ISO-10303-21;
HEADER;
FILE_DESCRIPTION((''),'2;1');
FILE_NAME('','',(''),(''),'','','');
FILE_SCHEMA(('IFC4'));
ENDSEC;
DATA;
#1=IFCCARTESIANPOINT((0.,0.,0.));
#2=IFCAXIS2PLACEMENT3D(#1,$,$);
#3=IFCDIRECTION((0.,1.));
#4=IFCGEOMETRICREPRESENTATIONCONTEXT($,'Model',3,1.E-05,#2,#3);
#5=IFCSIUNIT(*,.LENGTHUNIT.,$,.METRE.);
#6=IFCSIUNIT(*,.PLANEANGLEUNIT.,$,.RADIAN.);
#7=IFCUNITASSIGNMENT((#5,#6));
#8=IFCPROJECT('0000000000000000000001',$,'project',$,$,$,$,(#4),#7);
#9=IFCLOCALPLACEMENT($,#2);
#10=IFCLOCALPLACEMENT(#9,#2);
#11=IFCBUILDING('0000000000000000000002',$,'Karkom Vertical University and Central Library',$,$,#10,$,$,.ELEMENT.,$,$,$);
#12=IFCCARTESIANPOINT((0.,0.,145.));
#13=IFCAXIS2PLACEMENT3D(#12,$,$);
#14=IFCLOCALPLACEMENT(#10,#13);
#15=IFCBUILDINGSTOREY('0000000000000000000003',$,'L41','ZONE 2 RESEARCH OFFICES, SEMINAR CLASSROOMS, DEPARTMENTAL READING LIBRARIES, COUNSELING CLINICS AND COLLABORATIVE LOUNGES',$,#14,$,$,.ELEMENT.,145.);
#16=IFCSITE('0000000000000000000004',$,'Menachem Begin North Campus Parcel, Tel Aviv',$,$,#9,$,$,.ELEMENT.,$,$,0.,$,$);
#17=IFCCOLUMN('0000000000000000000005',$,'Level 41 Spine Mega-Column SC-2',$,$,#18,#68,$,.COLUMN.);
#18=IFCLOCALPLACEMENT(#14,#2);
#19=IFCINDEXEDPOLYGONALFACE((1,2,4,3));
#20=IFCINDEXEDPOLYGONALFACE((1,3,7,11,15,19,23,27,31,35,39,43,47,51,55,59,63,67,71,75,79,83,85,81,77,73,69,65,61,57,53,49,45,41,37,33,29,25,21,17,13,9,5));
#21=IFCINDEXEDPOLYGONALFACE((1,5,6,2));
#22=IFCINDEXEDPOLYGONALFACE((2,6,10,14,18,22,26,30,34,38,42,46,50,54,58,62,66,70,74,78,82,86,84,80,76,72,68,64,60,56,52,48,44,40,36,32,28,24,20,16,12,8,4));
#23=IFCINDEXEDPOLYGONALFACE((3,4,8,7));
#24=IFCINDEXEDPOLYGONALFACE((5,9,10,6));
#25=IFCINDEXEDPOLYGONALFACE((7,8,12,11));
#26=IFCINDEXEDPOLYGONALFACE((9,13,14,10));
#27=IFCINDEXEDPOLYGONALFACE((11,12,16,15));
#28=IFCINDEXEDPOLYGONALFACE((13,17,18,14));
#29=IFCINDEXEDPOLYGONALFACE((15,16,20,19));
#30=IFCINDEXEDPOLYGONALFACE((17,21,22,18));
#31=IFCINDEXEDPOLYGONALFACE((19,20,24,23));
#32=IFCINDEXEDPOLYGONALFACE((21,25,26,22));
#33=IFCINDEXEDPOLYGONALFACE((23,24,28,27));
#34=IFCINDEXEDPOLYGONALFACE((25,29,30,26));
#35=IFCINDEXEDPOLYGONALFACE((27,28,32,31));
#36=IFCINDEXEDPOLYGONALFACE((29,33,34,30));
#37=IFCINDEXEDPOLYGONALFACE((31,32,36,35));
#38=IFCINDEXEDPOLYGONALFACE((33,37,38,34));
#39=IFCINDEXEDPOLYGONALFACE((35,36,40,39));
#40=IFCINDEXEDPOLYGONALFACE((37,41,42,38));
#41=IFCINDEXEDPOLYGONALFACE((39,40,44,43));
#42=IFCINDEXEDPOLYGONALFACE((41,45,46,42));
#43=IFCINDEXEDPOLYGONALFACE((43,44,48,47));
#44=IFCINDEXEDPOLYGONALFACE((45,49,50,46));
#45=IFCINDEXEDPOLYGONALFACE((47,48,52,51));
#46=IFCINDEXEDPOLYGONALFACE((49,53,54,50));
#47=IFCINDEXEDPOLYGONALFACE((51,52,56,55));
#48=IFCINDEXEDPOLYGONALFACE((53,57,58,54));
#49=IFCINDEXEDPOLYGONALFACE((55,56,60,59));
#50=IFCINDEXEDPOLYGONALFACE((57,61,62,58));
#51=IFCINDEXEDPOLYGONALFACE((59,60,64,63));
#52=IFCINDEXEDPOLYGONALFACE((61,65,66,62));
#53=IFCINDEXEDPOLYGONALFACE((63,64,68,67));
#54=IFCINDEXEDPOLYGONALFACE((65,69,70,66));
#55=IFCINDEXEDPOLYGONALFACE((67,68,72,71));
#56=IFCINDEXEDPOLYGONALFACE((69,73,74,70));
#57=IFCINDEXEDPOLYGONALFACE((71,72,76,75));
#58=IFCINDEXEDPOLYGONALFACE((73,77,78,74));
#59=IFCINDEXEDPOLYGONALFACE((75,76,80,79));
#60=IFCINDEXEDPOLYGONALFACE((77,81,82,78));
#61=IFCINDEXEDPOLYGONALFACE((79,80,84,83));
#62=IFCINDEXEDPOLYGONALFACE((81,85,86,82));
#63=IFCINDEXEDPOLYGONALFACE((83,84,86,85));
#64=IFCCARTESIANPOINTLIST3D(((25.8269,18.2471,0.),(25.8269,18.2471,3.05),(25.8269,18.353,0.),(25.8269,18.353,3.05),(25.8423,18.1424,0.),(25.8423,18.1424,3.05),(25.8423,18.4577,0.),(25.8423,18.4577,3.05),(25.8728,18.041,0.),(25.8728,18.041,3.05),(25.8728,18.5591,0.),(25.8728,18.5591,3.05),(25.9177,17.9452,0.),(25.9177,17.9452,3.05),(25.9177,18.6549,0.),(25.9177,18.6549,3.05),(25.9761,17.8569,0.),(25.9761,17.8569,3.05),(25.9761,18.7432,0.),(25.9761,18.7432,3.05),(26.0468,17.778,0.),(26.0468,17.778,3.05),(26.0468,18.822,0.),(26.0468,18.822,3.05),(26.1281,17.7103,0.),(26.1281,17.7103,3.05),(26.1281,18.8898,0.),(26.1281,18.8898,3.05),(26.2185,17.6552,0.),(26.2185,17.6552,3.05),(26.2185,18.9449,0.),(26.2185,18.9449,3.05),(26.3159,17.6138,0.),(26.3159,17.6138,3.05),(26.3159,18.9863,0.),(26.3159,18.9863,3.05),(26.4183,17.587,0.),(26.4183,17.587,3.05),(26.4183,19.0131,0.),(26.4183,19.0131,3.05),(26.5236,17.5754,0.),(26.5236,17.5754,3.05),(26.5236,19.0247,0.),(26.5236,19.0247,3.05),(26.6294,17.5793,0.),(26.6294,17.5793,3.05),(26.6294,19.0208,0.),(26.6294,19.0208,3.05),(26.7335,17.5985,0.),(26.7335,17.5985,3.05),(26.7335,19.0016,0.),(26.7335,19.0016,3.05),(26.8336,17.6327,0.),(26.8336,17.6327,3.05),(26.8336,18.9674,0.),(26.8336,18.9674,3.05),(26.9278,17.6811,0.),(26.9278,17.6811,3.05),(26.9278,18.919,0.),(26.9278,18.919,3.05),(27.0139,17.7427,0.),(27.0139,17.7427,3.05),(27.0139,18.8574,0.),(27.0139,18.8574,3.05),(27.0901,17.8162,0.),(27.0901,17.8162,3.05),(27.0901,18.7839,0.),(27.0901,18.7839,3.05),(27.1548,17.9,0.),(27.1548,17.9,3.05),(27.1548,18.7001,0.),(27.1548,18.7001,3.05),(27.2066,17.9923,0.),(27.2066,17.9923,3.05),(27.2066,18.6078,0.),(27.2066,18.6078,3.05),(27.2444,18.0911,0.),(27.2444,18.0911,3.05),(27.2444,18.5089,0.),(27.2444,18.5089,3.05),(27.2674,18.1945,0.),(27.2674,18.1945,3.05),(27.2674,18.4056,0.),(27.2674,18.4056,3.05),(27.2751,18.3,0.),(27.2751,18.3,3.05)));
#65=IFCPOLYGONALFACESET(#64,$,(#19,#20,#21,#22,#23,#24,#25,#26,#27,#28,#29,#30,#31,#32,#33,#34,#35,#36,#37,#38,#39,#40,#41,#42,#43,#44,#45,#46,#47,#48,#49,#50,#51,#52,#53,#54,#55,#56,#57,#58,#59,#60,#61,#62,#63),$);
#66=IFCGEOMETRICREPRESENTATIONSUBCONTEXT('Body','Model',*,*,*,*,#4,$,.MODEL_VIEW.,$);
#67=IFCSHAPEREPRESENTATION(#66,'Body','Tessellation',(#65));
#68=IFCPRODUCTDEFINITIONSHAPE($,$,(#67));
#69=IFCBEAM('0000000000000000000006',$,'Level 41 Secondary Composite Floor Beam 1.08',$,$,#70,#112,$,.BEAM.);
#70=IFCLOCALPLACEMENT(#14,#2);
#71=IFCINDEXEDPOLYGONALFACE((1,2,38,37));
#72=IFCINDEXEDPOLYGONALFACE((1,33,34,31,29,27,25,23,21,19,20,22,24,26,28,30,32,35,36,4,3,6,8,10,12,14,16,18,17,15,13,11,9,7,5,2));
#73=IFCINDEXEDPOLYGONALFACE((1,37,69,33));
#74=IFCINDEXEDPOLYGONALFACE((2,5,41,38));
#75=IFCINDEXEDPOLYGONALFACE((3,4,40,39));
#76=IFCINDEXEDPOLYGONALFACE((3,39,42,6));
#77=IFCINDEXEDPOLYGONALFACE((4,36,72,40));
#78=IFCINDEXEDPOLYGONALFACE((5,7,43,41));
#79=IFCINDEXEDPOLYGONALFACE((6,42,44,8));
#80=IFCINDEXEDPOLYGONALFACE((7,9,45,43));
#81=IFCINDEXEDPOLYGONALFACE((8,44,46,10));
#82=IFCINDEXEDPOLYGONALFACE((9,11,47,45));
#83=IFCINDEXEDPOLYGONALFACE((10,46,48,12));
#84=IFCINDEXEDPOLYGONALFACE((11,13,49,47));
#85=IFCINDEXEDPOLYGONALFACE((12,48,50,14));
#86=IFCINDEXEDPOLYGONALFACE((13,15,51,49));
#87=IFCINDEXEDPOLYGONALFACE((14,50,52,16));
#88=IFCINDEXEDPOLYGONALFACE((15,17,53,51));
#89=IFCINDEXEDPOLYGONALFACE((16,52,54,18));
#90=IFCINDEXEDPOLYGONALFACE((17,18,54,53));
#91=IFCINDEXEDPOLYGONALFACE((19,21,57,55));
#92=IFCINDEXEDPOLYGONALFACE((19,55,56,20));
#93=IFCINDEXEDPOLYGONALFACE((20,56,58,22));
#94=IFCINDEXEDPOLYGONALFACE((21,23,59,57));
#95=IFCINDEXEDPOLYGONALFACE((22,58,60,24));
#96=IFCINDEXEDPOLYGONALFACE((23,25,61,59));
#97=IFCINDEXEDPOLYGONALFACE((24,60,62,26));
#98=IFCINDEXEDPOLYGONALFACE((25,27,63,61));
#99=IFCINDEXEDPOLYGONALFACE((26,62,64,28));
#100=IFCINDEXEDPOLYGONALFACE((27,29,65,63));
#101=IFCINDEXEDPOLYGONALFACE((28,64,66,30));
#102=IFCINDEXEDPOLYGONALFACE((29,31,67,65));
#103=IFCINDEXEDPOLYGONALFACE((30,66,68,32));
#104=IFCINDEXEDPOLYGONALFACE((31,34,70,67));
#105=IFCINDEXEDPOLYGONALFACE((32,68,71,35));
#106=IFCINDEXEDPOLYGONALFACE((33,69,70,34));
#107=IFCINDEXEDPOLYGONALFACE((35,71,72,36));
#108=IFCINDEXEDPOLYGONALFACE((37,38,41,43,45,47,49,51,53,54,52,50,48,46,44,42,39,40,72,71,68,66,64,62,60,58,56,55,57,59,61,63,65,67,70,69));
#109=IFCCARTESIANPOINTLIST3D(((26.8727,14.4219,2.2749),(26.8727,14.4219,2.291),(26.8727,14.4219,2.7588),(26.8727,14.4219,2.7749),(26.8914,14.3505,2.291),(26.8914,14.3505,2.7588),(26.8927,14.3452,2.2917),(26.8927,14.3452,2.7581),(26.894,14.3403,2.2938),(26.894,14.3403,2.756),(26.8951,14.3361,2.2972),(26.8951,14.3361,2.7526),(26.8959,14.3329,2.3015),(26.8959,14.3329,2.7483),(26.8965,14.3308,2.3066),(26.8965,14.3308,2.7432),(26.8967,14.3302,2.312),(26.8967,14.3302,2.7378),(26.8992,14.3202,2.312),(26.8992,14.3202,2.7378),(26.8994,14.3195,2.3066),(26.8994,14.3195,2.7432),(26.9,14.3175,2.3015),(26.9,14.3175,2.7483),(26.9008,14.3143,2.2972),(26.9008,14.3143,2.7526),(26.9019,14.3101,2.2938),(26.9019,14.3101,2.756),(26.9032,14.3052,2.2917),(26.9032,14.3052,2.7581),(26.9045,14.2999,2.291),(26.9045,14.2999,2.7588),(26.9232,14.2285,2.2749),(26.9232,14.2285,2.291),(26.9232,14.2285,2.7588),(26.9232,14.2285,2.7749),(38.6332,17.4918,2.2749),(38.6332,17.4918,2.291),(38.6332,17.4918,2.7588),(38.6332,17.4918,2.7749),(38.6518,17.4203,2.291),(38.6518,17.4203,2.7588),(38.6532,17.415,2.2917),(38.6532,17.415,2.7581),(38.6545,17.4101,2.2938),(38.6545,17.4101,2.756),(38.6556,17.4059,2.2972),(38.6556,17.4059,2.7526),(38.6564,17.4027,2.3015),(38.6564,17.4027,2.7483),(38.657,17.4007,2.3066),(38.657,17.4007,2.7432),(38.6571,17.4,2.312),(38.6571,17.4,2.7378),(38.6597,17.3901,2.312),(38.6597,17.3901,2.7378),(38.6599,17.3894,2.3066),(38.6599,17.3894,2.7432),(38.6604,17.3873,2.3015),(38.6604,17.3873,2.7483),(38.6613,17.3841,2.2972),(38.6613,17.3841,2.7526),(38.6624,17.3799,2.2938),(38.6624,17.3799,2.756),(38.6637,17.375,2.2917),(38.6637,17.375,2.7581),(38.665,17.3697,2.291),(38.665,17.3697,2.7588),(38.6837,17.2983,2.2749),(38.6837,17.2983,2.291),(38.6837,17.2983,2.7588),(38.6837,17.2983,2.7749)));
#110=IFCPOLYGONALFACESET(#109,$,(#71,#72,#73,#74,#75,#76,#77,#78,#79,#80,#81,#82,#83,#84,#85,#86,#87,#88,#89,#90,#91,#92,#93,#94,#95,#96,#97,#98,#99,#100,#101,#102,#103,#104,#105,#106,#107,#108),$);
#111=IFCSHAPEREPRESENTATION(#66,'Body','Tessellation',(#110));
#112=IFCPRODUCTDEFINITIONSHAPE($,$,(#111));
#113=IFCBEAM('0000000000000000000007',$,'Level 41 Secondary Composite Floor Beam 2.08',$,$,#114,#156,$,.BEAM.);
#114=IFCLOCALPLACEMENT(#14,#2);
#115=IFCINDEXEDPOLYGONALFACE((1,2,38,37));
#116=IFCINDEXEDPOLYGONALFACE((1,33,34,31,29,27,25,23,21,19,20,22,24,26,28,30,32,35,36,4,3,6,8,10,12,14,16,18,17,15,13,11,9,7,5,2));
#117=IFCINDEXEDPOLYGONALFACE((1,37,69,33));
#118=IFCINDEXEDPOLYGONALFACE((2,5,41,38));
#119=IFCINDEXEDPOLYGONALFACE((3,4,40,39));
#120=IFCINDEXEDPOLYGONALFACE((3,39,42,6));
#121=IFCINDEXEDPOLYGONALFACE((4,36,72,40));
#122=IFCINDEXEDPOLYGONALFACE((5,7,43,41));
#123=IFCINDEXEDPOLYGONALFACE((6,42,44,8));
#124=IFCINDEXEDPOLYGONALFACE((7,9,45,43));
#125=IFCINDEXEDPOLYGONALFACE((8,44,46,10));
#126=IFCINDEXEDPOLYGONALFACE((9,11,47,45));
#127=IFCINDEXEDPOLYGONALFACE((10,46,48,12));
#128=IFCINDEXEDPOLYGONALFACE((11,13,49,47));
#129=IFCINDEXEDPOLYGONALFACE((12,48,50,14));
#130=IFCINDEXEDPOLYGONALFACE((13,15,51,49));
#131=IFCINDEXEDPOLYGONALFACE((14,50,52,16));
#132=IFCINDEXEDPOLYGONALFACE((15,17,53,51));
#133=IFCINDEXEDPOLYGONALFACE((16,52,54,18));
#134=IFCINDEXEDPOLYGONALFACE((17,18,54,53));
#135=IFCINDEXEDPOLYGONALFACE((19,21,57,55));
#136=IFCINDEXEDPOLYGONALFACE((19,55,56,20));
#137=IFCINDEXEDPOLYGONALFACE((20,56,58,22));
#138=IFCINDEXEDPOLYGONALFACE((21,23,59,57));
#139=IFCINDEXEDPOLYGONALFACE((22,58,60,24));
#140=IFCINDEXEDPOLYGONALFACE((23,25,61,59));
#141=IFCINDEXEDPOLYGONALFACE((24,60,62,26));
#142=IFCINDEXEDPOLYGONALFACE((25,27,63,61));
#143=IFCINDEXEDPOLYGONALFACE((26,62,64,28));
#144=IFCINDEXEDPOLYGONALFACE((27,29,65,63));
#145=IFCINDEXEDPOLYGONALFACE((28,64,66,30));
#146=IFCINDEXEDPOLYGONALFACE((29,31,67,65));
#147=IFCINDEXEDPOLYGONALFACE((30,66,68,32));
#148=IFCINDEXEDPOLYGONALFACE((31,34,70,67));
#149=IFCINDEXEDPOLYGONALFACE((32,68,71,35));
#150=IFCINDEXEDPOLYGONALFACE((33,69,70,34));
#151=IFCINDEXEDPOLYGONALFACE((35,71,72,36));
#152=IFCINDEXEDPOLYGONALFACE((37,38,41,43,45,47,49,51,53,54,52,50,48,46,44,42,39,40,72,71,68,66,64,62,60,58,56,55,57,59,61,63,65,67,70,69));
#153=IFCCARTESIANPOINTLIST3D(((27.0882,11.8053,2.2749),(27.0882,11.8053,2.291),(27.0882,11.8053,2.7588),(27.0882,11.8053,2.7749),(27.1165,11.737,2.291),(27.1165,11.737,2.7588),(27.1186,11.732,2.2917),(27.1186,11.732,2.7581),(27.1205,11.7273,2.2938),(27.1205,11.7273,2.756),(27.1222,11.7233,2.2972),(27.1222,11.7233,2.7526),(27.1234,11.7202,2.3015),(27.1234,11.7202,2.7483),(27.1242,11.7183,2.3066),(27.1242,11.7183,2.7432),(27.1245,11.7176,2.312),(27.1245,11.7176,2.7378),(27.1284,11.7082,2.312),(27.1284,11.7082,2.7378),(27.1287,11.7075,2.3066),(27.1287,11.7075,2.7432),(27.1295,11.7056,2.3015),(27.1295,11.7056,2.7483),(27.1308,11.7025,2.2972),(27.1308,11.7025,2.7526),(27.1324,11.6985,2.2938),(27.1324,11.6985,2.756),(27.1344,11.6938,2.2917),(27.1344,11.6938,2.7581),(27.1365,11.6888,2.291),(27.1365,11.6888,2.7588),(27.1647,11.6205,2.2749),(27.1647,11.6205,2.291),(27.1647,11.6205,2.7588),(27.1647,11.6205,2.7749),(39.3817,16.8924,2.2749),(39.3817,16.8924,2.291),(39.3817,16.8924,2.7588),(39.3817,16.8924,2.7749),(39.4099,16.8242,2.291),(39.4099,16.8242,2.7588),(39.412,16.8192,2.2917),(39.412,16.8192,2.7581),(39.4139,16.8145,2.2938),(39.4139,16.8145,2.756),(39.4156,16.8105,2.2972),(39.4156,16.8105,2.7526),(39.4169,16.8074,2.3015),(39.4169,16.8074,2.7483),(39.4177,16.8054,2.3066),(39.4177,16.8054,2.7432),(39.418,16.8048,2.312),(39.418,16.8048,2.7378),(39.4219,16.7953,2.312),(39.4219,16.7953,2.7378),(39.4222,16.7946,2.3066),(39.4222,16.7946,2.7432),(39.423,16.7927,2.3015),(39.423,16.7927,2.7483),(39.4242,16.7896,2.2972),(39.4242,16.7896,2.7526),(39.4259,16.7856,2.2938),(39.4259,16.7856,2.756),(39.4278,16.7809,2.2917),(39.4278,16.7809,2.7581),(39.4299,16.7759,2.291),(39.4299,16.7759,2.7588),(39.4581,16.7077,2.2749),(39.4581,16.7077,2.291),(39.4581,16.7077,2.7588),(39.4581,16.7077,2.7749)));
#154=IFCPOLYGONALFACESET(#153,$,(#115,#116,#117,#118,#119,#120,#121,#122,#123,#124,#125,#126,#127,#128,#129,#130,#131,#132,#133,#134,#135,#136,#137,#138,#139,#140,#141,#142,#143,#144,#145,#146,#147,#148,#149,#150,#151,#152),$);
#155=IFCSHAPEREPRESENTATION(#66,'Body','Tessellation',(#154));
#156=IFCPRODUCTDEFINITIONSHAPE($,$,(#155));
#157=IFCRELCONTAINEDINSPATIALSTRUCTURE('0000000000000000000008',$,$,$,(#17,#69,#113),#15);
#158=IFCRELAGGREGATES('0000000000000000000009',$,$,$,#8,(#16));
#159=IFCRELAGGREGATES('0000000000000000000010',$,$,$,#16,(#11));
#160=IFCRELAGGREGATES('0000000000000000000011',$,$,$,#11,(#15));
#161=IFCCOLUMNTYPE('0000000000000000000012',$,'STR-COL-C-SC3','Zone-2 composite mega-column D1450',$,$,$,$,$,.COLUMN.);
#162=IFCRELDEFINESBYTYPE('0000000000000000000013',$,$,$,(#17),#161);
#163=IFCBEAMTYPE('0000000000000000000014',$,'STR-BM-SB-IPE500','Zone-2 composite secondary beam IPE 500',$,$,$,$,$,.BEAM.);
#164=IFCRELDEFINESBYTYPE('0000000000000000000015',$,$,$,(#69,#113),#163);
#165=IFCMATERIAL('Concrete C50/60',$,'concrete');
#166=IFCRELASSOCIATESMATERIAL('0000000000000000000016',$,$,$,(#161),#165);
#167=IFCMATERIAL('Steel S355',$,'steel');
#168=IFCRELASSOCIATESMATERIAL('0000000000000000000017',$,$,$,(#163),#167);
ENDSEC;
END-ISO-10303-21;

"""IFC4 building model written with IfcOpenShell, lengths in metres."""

from ifc_helpers import new_model, si_unit, direction, frame, origin, origin_with_axes, origin_2d, place, context, subcontext, project, spatial, circle, i_section, extrude, source, transform, mapped, material, material_profile, profile_set, type_object, element, save


model = new_model("IFC4")

# Units and contexts
model_context = context("Model", 3, precision=1e-05, world=origin(), true_north=direction((0.0, 1.0)))
body_context = subcontext(model_context, "Body", "Model", "MODEL_VIEW")
ifc_project = project(units=[si_unit("LENGTHUNIT", "METRE"), si_unit("PLANEANGLEUNIT", "RADIAN")], contexts=[model_context])

# Site, building, storey
site_placement = place(None, origin())
site = spatial("IfcSite", under=ifc_project, at=site_placement, Name="Menachem Begin North Campus Parcel, Tel Aviv", CompositionType="ELEMENT", RefElevation=0.0)
building_placement = place(site_placement, origin())
building = spatial("IfcBuilding", under=site, at=building_placement, Name="Karkom Vertical University and Central Library", CompositionType="ELEMENT")
storey_placement = place(building_placement, frame((0.0, 0.0, 145.0)))
storey = spatial("IfcBuildingStorey", under=building, at=storey_placement, Name="L41", Description="ZONE 2 RESEARCH OFFICES, SEMINAR CLASSROOMS, DEPARTMENTAL READING LIBRARIES, COUNSELING CLINICS AND COLLABORATIVE LOUNGES", CompositionType="ELEMENT", Elevation=145.0)

# Column
ifc_material_1 = material(Name="Concrete C50/60", Category="concrete")
ifc_material_profile_1 = material_profile(ifc_material_1, circle(Radius=0.7251, at=origin_2d()), Name="CFT-D1450")
ifc_profile_set_1 = profile_set([ifc_material_profile_1], Name="Concrete C50/60")
column_type = type_object("IfcColumnType", Name="STR-COL-C-SC3", Description="Zone-2 composite mega-column D1450", PredefinedType="COLUMN", material=ifc_profile_set_1)
shared_shape_1 = source(origin_with_axes(), body_context, "Body", "SweptSolid", [
    extrude(circle(Radius=0.7251, at=origin_2d()), origin(), (0.0, 0.0, 1.0), 3.05),
])
column_placement = place(storey_placement, frame((26.55, 18.3, 0.0), z_axis=(0.0, 0.0, 1.0), x_axis=(1.0, 0.0, 0.0)))
element("IfcColumn", 1, at=column_placement, inside=storey, type_object=column_type, Name="Level 41 Spine Mega-Column SC-2", PredefinedType="COLUMN", context=body_context, shape_type="MappedRepresentation", body=[
    mapped(shared_shape_1, transform((0.0, 0.0, 0.0), scale=1.0)),
])

# Beams
ifc_material_2 = material(Name="Steel S355", Category="steel")
ifc_material_profile_2 = material_profile(ifc_material_2, i_section(OverallWidth=0.2, OverallDepth=0.5, WebThickness=0.0103, FlangeThickness=0.0161, FilletRadius=0.021, at=origin_2d()), Name="IPE 500")
ifc_profile_set_2 = profile_set([ifc_material_profile_2], Name="Steel S355")
beam_type_1 = type_object("IfcBeamType", Name="STR-BM-SB-IPE500", Description="Zone-2 composite secondary beam IPE 500", PredefinedType="BEAM", material=ifc_profile_set_2)
shared_shape_2 = source(origin_with_axes(), body_context, "Body", "SweptSolid", [
    extrude(i_section(OverallWidth=0.2, OverallDepth=0.5, WebThickness=0.0103, FlangeThickness=0.0161, FilletRadius=0.021, at=origin_2d()), origin(), (0.0, 0.0, 1.0), 12.1545),
])
beam_1_placement = place(storey_placement, frame((26.8979, 14.3252, 2.5249), z_axis=(0.96758, 0.252566, 0.0), x_axis=(-0.252566, 0.96758, 0.0)))
element("IfcBeam", 2, at=beam_1_placement, inside=storey, type_object=beam_type_1, Name="Level 41 Secondary Composite Floor Beam 1.08", PredefinedType="BEAM", context=body_context, shape_type="MappedRepresentation", body=[
    mapped(shared_shape_2, transform((0.0, 0.0, 0.0), scale=1.0)),
])
shared_shape_3 = source(origin_with_axes(), body_context, "Body", "SweptSolid", [
    extrude(i_section(OverallWidth=0.2, OverallDepth=0.5, WebThickness=0.0103, FlangeThickness=0.0161, FilletRadius=0.021, at=origin_2d()), origin(), (0.0, 0.0, 1.0), 13.3044),
])
beam_2_placement = place(storey_placement, frame((27.1265, 11.7129, 2.5249), z_axis=(0.924011, 0.382365, 0.0), x_axis=(-0.382365, 0.924011, 0.0)))
element("IfcBeam", 3, at=beam_2_placement, inside=storey, type_object=beam_type_1, Name="Level 41 Secondary Composite Floor Beam 2.08", PredefinedType="BEAM", context=body_context, shape_type="MappedRepresentation", body=[
    mapped(shared_shape_3, transform((0.0, 0.0, 0.0), scale=1.0)),
])

save(model, "model.ifc")
